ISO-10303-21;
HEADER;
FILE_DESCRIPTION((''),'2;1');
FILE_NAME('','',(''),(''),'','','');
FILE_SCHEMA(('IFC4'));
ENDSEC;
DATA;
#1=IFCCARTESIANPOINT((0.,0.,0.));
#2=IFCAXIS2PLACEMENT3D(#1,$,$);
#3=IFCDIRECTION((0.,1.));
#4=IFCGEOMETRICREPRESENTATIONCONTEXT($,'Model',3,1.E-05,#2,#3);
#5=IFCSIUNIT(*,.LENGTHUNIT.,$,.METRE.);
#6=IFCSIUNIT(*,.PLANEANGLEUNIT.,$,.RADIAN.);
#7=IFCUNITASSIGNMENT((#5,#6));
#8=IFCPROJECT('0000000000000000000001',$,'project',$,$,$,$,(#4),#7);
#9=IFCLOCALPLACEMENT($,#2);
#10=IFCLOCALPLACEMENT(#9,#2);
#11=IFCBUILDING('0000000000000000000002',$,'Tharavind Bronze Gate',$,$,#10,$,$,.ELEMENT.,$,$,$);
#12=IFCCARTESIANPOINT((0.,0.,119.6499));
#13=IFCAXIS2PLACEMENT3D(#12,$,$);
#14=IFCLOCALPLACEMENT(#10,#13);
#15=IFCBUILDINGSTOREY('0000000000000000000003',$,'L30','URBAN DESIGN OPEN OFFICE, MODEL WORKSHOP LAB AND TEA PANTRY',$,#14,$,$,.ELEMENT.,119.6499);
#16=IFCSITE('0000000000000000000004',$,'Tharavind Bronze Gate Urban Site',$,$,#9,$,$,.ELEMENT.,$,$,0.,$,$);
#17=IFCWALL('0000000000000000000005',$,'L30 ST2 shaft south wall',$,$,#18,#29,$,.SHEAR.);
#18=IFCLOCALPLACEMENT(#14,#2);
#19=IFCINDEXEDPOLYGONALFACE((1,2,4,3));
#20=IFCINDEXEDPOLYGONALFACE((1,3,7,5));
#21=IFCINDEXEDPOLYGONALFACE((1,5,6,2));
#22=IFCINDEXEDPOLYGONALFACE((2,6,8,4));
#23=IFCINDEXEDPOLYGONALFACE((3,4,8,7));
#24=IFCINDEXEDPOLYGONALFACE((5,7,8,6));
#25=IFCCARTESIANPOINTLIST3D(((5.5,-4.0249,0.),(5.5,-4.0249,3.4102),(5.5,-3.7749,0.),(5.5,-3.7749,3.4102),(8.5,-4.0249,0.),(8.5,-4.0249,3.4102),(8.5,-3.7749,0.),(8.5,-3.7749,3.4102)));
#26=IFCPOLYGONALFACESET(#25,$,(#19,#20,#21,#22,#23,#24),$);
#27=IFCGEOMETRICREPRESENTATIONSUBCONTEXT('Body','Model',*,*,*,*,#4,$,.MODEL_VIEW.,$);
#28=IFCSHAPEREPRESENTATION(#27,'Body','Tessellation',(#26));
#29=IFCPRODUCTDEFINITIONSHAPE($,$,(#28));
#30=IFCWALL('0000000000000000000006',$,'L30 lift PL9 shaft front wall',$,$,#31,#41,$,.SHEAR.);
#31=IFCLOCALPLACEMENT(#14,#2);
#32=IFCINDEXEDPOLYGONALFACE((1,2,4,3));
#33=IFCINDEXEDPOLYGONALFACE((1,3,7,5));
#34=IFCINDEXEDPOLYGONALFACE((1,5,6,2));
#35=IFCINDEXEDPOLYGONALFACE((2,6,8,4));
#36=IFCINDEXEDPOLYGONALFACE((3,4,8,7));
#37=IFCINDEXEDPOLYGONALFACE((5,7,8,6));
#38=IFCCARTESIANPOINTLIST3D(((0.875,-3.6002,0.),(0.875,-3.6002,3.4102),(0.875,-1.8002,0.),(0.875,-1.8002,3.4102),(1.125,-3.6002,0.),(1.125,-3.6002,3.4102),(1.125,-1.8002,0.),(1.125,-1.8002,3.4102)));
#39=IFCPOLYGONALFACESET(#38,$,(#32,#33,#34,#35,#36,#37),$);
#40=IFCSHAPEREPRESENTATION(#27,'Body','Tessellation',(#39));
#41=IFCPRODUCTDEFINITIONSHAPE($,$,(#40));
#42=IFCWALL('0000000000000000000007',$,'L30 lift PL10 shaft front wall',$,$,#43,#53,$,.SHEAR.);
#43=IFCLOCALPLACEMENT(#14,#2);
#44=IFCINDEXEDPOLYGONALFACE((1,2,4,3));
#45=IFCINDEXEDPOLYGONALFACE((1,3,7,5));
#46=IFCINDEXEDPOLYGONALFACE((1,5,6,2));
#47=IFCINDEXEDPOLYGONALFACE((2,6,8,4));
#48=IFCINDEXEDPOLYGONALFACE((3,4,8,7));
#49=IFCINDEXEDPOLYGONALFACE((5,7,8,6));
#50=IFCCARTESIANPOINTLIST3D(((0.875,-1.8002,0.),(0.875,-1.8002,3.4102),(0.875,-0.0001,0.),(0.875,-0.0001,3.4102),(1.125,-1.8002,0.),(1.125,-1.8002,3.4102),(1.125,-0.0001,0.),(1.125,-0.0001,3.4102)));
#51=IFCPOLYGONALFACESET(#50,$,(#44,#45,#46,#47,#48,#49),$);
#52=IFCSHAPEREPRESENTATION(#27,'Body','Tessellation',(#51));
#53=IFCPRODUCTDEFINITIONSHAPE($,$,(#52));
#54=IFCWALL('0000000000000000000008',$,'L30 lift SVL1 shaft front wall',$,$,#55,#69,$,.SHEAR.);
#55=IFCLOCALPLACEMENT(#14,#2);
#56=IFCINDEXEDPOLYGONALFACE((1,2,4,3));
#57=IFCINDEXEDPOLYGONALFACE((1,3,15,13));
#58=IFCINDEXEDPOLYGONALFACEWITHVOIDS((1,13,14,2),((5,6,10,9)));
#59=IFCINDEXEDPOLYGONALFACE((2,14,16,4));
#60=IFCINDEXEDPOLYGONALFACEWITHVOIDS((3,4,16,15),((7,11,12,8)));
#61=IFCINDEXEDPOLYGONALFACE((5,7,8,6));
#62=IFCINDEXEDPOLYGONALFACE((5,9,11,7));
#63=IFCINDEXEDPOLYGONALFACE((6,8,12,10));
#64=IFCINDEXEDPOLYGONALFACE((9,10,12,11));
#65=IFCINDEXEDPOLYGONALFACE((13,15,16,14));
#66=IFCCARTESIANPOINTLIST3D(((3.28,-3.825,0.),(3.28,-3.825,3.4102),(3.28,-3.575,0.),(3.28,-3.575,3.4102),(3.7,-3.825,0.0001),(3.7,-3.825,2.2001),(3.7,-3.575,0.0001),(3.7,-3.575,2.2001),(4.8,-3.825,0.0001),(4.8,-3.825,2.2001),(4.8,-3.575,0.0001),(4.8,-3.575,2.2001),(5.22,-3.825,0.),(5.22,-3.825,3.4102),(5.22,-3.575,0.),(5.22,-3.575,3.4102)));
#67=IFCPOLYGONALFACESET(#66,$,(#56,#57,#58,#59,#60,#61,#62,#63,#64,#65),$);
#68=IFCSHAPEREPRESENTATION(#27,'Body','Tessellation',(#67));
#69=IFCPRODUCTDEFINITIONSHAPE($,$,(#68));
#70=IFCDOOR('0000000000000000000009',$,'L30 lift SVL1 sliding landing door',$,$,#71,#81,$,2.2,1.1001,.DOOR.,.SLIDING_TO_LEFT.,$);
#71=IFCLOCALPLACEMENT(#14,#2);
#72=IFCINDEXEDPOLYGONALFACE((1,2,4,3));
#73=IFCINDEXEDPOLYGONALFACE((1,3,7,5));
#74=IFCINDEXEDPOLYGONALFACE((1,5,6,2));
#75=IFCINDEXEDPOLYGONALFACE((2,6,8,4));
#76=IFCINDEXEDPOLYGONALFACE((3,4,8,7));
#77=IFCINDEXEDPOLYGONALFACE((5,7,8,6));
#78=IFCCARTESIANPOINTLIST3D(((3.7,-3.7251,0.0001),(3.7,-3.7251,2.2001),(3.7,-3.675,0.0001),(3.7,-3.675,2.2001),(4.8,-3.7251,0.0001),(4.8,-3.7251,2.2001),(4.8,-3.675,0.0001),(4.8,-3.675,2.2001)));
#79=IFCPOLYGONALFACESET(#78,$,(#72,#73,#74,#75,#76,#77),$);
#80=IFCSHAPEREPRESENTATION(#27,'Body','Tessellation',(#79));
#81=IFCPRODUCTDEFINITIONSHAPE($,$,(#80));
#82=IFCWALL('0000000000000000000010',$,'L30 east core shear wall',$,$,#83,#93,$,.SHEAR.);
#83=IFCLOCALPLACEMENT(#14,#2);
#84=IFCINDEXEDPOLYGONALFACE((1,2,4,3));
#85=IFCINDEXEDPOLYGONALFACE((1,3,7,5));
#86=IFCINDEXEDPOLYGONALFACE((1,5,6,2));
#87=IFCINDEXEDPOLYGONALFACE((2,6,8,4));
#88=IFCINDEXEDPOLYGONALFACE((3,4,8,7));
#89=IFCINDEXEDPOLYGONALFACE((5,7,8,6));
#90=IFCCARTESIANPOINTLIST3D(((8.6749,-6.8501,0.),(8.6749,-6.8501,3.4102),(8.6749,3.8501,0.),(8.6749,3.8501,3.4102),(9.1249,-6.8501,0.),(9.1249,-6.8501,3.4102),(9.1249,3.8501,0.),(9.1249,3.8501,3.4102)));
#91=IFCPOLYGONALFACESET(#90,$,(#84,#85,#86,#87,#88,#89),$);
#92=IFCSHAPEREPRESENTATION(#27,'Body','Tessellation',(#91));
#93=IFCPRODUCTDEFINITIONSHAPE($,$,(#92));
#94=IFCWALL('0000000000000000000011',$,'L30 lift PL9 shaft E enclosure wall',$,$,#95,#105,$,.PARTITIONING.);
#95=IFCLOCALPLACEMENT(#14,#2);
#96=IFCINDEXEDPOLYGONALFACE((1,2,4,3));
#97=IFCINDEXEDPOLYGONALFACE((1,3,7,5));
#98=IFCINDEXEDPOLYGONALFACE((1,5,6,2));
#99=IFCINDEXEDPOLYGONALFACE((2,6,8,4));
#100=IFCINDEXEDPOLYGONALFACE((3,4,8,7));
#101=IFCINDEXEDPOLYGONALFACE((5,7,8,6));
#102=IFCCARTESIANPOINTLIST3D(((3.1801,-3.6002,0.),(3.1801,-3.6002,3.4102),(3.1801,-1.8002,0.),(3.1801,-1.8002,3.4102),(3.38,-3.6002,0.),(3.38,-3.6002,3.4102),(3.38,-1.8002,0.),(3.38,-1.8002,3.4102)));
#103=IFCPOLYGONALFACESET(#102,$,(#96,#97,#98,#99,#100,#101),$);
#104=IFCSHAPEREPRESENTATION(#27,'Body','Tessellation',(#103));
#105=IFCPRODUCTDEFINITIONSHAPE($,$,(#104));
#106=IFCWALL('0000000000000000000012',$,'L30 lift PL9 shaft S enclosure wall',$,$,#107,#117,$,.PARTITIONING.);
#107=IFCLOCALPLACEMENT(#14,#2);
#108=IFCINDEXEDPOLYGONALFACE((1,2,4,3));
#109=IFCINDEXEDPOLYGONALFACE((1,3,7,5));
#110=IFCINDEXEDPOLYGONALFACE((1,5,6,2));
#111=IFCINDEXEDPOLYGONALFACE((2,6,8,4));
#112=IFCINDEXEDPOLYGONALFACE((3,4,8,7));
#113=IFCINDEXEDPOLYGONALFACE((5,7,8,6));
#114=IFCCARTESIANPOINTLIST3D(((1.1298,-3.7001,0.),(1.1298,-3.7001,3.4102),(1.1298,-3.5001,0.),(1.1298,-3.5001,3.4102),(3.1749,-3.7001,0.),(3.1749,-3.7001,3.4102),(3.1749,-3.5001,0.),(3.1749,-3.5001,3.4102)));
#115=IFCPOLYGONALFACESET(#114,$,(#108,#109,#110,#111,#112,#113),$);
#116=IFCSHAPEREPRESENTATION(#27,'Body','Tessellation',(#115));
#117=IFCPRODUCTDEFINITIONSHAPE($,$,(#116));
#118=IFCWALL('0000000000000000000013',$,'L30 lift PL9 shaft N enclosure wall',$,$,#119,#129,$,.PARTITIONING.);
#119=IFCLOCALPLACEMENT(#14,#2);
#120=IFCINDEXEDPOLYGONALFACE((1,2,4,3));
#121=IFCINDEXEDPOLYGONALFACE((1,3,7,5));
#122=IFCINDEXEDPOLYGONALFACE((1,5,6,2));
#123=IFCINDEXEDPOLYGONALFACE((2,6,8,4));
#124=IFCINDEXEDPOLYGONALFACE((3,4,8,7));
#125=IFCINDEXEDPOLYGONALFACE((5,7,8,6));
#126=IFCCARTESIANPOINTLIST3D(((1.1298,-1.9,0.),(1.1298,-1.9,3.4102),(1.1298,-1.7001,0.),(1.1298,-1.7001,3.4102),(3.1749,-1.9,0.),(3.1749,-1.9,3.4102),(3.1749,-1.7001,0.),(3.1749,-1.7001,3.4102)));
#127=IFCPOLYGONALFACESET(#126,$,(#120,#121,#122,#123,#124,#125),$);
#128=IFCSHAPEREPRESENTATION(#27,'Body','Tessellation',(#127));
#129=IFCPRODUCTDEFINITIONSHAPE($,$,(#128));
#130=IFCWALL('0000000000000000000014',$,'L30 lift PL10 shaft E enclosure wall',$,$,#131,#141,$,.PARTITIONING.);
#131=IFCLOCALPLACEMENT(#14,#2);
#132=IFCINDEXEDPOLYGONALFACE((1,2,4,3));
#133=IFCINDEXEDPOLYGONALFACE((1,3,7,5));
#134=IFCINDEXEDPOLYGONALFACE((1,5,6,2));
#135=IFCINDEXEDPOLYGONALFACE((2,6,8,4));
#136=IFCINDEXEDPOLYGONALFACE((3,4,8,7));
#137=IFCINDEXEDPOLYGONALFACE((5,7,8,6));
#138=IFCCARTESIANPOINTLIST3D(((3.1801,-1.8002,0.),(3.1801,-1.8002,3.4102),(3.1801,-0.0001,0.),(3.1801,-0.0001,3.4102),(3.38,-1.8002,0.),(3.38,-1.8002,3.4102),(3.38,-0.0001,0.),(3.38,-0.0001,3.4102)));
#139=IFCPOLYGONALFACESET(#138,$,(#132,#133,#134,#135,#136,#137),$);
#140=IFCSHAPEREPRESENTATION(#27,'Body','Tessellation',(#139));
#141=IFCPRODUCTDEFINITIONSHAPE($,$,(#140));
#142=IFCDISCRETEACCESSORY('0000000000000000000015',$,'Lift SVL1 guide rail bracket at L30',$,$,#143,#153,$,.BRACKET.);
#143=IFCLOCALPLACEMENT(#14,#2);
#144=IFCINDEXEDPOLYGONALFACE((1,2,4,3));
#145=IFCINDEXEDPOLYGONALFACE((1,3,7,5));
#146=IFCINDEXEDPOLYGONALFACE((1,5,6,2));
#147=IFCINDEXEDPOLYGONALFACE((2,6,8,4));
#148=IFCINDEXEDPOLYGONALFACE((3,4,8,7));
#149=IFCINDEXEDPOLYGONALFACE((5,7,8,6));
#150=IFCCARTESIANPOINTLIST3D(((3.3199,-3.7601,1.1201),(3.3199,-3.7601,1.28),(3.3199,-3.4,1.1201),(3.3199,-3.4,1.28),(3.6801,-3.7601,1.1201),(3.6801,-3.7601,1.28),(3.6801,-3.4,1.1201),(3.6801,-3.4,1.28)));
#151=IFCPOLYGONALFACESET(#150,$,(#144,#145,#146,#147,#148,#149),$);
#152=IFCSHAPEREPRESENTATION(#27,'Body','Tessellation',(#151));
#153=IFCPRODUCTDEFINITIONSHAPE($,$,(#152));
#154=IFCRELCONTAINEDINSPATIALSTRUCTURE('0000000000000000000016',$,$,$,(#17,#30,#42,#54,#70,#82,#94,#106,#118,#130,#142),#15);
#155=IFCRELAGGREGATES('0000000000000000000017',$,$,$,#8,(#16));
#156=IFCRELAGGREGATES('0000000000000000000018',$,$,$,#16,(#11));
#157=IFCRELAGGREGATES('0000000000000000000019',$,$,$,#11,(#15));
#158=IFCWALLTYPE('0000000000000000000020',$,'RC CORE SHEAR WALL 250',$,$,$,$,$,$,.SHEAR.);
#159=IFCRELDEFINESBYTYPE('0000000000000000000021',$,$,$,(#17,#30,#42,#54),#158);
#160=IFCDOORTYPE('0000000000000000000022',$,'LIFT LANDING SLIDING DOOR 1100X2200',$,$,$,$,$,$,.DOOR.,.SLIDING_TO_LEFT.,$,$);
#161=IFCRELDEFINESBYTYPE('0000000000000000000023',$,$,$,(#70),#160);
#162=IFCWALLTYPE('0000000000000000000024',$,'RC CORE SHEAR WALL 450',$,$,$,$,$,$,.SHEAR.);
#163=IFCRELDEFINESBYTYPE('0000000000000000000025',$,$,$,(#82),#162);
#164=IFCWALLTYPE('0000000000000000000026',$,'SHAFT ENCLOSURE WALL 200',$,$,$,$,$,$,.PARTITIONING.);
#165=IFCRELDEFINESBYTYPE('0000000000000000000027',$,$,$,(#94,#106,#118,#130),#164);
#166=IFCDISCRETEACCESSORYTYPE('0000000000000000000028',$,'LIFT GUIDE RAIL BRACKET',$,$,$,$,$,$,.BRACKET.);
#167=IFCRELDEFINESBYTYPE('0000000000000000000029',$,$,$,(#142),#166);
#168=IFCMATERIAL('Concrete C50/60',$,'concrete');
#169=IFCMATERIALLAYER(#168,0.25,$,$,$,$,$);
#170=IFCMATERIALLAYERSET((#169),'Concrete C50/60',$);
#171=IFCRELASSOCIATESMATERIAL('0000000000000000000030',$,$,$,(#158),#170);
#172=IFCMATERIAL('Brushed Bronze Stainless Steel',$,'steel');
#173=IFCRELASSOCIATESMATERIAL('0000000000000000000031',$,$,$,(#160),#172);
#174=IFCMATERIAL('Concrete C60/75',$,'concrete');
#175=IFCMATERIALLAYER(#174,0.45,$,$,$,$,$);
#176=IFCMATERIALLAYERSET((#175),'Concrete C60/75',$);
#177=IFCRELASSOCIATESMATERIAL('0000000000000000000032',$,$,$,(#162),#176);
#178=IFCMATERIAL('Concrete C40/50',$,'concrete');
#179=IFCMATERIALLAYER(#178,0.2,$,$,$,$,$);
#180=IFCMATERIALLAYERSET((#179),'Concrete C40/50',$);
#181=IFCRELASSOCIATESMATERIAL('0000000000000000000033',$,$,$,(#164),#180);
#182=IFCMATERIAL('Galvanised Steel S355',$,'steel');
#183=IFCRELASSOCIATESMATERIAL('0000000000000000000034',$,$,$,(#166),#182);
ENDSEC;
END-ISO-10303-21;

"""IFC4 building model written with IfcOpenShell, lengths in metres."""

from ifc_helpers import new_model, si_unit, direction, frame, frame_2d, origin, origin_2d, place, context, subcontext, project, spatial, rectangle, extrude, material, layer, layer_set, type_object, element, fill, save


model = new_model("IFC4")

# Units and contexts
model_context = context("Model", 3, precision=1e-05, world=origin(), true_north=direction((0.0, 1.0)))
body_context = subcontext(model_context, "Body", "Model", "MODEL_VIEW")
ifc_project = project(units=[si_unit("LENGTHUNIT", "METRE"), si_unit("PLANEANGLEUNIT", "RADIAN")], contexts=[model_context])

# Site, building, storey
site_placement = place(None, origin())
site = spatial("IfcSite", under=ifc_project, at=site_placement, Name="Tharavind Bronze Gate Urban Site", CompositionType="ELEMENT", RefElevation=0.0)
building_placement = place(site_placement, origin())
building = spatial("IfcBuilding", under=site, at=building_placement, Name="Tharavind Bronze Gate", CompositionType="ELEMENT")
storey_placement = place(building_placement, frame((0.0, 0.0, 119.6499)))
storey = spatial("IfcBuildingStorey", under=building, at=storey_placement, Name="L30", Description="URBAN DESIGN OPEN OFFICE, MODEL WORKSHOP LAB AND TEA PANTRY", CompositionType="ELEMENT", Elevation=119.6499)

# Shared definitions
ifc_material_1 = material(Name="Concrete C60/75", Category="concrete")

# Walls
ifc_material_2 = material(Name="Concrete C50/60", Category="concrete")
ifc_layer_1 = layer(ifc_material_2, 0.25)
ifc_layer_set_1 = layer_set([ifc_layer_1], Name="Concrete C50/60")
wall_type_1 = type_object("IfcWallType", Name="RC CORE SHEAR WALL 250", PredefinedType="SHEAR", material=ifc_layer_set_1)
wall_1_placement = place(storey_placement, frame((5.5, -3.8999, 0.0), z_axis=(0.0, 0.0, 1.0), x_axis=(1.0, 0.0, 0.0)))
element("IfcWall", 1, at=wall_1_placement, inside=storey, type_object=wall_type_1, Name="L30 ST2 shaft south wall", PredefinedType="SHEAR", context=body_context, shape_type="SweptSolid", body=[
    extrude(rectangle(XDim=3.0, YDim=0.25, at=frame_2d((1.5, 0.0))), origin(), (0.0, 0.0, 1.0), 3.4102),
])
for number, where, z_axis, x_axis, name in (
    (2, (1.0, -3.6001, 0.0), (0.0, 0.0, 1.0), (0.0, 1.0, 0.0), "L30 lift PL9 shaft front wall"),
    (3, (1.0, -1.8, 0.0), (0.0, 0.0, 1.0), (0.0, 1.0, 0.0), "L30 lift PL10 shaft front wall"),
):
    element("IfcWall", number, at=place(storey_placement, frame(where, z_axis=z_axis, x_axis=x_axis)), inside=storey, type_object=wall_type_1, Name=name, PredefinedType="SHEAR", context=body_context, shape_type="SweptSolid", body=[
        extrude(rectangle(XDim=1.8, YDim=0.25, at=frame_2d((0.8999, 0.0))), origin(), (0.0, 0.0, 1.0), 3.4102),
    ])

# Wall, opening, door
wall_2_placement = place(storey_placement, frame((3.28, -3.7, 0.0), z_axis=(0.0, 0.0, 1.0), x_axis=(1.0, 0.0, 0.0)))
wall_2 = element("IfcWall", 4, at=wall_2_placement, inside=storey, type_object=wall_type_1, Name="L30 lift SVL1 shaft front wall", PredefinedType="SHEAR", context=body_context, shape_type="SweptSolid", body=[
    extrude(rectangle(XDim=1.9399, YDim=0.25, at=frame_2d((0.97, 0.0))), origin(), (0.0, 0.0, 1.0), 3.4102),
])
opening_1_placement = place(wall_2_placement, frame((0.4199, 0.0, 0.0)))
opening_1 = element("IfcOpeningElement", 5, at=opening_1_placement, cuts=wall_2, PredefinedType="OPENING", context=body_context, shape_type="SweptSolid", body=[
    extrude(rectangle(XDim=1.1001, YDim=2.2, at=frame_2d((0.55, 1.1001))), frame((0.0, 0.135, 0.0), z_axis=(0.0, -1.0, 0.0), x_axis=(1.0, 0.0, 0.0)), (0.0, 0.0, 1.0), 0.27),
])
ifc_material_3 = material(Name="Brushed Bronze Stainless Steel", Category="steel")
door_type_1 = type_object("IfcDoorType", Name="LIFT LANDING SLIDING DOOR 1100X2200", OperationType="SLIDING_TO_LEFT", PredefinedType="DOOR", material=ifc_material_3)
door_1_placement = place(opening_1_placement, origin())
door_1 = element("IfcDoor", 6, at=door_1_placement, inside=storey, type_object=door_type_1, Name="L30 lift SVL1 sliding landing door", OperationType="SLIDING_TO_LEFT", OverallHeight=2.2, OverallWidth=1.1001, PredefinedType="DOOR", context=body_context, shape_type="SweptSolid", body=[
    extrude(rectangle(XDim=1.1001, YDim=2.2, at=frame_2d((0.55, 1.1001))), frame((0.0, 0.0249, 0.0), z_axis=(0.0, -1.0, 0.0), x_axis=(1.0, 0.0, 0.0)), (0.0, 0.0, 1.0), 0.05),
])
fill(opening_1, door_1)

# Walls
ifc_layer_2 = layer(ifc_material_1, 0.45)
ifc_layer_set_2 = layer_set([ifc_layer_2], Name="Concrete C60/75")
wall_type_2 = type_object("IfcWallType", Name="RC CORE SHEAR WALL 450", PredefinedType="SHEAR", material=ifc_layer_set_2)
wall_3_placement = place(storey_placement, frame((8.8999, -6.8501, 0.0), z_axis=(0.0, 0.0, 1.0), x_axis=(0.0, 1.0, 0.0)))
element("IfcWall", 7, at=wall_3_placement, inside=storey, type_object=wall_type_2, Name="L30 east core shear wall", PredefinedType="SHEAR", context=body_context, shape_type="SweptSolid", body=[
    extrude(rectangle(XDim=10.7002, YDim=0.45, at=frame_2d((5.3501, 0.0))), origin(), (0.0, 0.0, 1.0), 3.4102),
])
ifc_material_4 = material(Name="Concrete C40/50", Category="concrete")
ifc_layer_3 = layer(ifc_material_4, 0.2)
ifc_layer_set_3 = layer_set([ifc_layer_3], Name="Concrete C40/50")
wall_type_3 = type_object("IfcWallType", Name="SHAFT ENCLOSURE WALL 200", PredefinedType="PARTITIONING", material=ifc_layer_set_3)
wall_4_placement = place(storey_placement, frame((3.28, -3.6001, 0.0), z_axis=(0.0, 0.0, 1.0), x_axis=(0.0, 1.0, 0.0)))
element("IfcWall", 8, at=wall_4_placement, inside=storey, type_object=wall_type_3, Name="L30 lift PL9 shaft E enclosure wall", PredefinedType="PARTITIONING", context=body_context, shape_type="SweptSolid", body=[
    extrude(rectangle(XDim=1.8, YDim=0.2, at=frame_2d((0.8999, 0.0))), origin(), (0.0, 0.0, 1.0), 3.4102),
])
for number, where, z_axis, x_axis, name in (
    (9, (1.1299, -3.6001, 0.0), (0.0, 0.0, 1.0), (1.0, 0.0, 0.0), "L30 lift PL9 shaft S enclosure wall"),
    (10, (1.1299, -1.8, 0.0), (0.0, 0.0, 1.0), (1.0, 0.0, 0.0), "L30 lift PL9 shaft N enclosure wall"),
):
    element("IfcWall", number, at=place(storey_placement, frame(where, z_axis=z_axis, x_axis=x_axis)), inside=storey, type_object=wall_type_3, Name=name, PredefinedType="PARTITIONING", context=body_context, shape_type="SweptSolid", body=[
        extrude(rectangle(XDim=2.0452, YDim=0.2, at=frame_2d((1.0225, 0.0))), origin(), (0.0, 0.0, 1.0), 3.4102),
    ])
wall_5_placement = place(storey_placement, frame((3.28, -1.8, 0.0), z_axis=(0.0, 0.0, 1.0), x_axis=(0.0, 1.0, 0.0)))
element("IfcWall", 11, at=wall_5_placement, inside=storey, type_object=wall_type_3, Name="L30 lift PL10 shaft E enclosure wall", PredefinedType="PARTITIONING", context=body_context, shape_type="SweptSolid", body=[
    extrude(rectangle(XDim=1.8, YDim=0.2, at=frame_2d((0.8999, 0.0))), origin(), (0.0, 0.0, 1.0), 3.4102),
])

# Discrete accessory
ifc_material_5 = material(Name="Galvanised Steel S355", Category="steel")
discrete_accessory_type = type_object("IfcDiscreteAccessoryType", Name="LIFT GUIDE RAIL BRACKET", PredefinedType="BRACKET", material=ifc_material_5)
discrete_accessory_placement = place(storey_placement, frame((3.5, -3.5801, 1.1201), z_axis=(0.0, 0.0, 1.0), x_axis=(1.0, 0.0, 0.0)))
element("IfcDiscreteAccessory", 12, at=discrete_accessory_placement, inside=storey, type_object=discrete_accessory_type, Name="Lift SVL1 guide rail bracket at L30", PredefinedType="BRACKET", context=body_context, shape_type="SweptSolid", body=[
    extrude(rectangle(XDim=0.3601, YDim=0.3601, at=origin_2d()), origin(), (0.0, 0.0, 1.0), 0.1599),
])

save(model, "model.ifc")
